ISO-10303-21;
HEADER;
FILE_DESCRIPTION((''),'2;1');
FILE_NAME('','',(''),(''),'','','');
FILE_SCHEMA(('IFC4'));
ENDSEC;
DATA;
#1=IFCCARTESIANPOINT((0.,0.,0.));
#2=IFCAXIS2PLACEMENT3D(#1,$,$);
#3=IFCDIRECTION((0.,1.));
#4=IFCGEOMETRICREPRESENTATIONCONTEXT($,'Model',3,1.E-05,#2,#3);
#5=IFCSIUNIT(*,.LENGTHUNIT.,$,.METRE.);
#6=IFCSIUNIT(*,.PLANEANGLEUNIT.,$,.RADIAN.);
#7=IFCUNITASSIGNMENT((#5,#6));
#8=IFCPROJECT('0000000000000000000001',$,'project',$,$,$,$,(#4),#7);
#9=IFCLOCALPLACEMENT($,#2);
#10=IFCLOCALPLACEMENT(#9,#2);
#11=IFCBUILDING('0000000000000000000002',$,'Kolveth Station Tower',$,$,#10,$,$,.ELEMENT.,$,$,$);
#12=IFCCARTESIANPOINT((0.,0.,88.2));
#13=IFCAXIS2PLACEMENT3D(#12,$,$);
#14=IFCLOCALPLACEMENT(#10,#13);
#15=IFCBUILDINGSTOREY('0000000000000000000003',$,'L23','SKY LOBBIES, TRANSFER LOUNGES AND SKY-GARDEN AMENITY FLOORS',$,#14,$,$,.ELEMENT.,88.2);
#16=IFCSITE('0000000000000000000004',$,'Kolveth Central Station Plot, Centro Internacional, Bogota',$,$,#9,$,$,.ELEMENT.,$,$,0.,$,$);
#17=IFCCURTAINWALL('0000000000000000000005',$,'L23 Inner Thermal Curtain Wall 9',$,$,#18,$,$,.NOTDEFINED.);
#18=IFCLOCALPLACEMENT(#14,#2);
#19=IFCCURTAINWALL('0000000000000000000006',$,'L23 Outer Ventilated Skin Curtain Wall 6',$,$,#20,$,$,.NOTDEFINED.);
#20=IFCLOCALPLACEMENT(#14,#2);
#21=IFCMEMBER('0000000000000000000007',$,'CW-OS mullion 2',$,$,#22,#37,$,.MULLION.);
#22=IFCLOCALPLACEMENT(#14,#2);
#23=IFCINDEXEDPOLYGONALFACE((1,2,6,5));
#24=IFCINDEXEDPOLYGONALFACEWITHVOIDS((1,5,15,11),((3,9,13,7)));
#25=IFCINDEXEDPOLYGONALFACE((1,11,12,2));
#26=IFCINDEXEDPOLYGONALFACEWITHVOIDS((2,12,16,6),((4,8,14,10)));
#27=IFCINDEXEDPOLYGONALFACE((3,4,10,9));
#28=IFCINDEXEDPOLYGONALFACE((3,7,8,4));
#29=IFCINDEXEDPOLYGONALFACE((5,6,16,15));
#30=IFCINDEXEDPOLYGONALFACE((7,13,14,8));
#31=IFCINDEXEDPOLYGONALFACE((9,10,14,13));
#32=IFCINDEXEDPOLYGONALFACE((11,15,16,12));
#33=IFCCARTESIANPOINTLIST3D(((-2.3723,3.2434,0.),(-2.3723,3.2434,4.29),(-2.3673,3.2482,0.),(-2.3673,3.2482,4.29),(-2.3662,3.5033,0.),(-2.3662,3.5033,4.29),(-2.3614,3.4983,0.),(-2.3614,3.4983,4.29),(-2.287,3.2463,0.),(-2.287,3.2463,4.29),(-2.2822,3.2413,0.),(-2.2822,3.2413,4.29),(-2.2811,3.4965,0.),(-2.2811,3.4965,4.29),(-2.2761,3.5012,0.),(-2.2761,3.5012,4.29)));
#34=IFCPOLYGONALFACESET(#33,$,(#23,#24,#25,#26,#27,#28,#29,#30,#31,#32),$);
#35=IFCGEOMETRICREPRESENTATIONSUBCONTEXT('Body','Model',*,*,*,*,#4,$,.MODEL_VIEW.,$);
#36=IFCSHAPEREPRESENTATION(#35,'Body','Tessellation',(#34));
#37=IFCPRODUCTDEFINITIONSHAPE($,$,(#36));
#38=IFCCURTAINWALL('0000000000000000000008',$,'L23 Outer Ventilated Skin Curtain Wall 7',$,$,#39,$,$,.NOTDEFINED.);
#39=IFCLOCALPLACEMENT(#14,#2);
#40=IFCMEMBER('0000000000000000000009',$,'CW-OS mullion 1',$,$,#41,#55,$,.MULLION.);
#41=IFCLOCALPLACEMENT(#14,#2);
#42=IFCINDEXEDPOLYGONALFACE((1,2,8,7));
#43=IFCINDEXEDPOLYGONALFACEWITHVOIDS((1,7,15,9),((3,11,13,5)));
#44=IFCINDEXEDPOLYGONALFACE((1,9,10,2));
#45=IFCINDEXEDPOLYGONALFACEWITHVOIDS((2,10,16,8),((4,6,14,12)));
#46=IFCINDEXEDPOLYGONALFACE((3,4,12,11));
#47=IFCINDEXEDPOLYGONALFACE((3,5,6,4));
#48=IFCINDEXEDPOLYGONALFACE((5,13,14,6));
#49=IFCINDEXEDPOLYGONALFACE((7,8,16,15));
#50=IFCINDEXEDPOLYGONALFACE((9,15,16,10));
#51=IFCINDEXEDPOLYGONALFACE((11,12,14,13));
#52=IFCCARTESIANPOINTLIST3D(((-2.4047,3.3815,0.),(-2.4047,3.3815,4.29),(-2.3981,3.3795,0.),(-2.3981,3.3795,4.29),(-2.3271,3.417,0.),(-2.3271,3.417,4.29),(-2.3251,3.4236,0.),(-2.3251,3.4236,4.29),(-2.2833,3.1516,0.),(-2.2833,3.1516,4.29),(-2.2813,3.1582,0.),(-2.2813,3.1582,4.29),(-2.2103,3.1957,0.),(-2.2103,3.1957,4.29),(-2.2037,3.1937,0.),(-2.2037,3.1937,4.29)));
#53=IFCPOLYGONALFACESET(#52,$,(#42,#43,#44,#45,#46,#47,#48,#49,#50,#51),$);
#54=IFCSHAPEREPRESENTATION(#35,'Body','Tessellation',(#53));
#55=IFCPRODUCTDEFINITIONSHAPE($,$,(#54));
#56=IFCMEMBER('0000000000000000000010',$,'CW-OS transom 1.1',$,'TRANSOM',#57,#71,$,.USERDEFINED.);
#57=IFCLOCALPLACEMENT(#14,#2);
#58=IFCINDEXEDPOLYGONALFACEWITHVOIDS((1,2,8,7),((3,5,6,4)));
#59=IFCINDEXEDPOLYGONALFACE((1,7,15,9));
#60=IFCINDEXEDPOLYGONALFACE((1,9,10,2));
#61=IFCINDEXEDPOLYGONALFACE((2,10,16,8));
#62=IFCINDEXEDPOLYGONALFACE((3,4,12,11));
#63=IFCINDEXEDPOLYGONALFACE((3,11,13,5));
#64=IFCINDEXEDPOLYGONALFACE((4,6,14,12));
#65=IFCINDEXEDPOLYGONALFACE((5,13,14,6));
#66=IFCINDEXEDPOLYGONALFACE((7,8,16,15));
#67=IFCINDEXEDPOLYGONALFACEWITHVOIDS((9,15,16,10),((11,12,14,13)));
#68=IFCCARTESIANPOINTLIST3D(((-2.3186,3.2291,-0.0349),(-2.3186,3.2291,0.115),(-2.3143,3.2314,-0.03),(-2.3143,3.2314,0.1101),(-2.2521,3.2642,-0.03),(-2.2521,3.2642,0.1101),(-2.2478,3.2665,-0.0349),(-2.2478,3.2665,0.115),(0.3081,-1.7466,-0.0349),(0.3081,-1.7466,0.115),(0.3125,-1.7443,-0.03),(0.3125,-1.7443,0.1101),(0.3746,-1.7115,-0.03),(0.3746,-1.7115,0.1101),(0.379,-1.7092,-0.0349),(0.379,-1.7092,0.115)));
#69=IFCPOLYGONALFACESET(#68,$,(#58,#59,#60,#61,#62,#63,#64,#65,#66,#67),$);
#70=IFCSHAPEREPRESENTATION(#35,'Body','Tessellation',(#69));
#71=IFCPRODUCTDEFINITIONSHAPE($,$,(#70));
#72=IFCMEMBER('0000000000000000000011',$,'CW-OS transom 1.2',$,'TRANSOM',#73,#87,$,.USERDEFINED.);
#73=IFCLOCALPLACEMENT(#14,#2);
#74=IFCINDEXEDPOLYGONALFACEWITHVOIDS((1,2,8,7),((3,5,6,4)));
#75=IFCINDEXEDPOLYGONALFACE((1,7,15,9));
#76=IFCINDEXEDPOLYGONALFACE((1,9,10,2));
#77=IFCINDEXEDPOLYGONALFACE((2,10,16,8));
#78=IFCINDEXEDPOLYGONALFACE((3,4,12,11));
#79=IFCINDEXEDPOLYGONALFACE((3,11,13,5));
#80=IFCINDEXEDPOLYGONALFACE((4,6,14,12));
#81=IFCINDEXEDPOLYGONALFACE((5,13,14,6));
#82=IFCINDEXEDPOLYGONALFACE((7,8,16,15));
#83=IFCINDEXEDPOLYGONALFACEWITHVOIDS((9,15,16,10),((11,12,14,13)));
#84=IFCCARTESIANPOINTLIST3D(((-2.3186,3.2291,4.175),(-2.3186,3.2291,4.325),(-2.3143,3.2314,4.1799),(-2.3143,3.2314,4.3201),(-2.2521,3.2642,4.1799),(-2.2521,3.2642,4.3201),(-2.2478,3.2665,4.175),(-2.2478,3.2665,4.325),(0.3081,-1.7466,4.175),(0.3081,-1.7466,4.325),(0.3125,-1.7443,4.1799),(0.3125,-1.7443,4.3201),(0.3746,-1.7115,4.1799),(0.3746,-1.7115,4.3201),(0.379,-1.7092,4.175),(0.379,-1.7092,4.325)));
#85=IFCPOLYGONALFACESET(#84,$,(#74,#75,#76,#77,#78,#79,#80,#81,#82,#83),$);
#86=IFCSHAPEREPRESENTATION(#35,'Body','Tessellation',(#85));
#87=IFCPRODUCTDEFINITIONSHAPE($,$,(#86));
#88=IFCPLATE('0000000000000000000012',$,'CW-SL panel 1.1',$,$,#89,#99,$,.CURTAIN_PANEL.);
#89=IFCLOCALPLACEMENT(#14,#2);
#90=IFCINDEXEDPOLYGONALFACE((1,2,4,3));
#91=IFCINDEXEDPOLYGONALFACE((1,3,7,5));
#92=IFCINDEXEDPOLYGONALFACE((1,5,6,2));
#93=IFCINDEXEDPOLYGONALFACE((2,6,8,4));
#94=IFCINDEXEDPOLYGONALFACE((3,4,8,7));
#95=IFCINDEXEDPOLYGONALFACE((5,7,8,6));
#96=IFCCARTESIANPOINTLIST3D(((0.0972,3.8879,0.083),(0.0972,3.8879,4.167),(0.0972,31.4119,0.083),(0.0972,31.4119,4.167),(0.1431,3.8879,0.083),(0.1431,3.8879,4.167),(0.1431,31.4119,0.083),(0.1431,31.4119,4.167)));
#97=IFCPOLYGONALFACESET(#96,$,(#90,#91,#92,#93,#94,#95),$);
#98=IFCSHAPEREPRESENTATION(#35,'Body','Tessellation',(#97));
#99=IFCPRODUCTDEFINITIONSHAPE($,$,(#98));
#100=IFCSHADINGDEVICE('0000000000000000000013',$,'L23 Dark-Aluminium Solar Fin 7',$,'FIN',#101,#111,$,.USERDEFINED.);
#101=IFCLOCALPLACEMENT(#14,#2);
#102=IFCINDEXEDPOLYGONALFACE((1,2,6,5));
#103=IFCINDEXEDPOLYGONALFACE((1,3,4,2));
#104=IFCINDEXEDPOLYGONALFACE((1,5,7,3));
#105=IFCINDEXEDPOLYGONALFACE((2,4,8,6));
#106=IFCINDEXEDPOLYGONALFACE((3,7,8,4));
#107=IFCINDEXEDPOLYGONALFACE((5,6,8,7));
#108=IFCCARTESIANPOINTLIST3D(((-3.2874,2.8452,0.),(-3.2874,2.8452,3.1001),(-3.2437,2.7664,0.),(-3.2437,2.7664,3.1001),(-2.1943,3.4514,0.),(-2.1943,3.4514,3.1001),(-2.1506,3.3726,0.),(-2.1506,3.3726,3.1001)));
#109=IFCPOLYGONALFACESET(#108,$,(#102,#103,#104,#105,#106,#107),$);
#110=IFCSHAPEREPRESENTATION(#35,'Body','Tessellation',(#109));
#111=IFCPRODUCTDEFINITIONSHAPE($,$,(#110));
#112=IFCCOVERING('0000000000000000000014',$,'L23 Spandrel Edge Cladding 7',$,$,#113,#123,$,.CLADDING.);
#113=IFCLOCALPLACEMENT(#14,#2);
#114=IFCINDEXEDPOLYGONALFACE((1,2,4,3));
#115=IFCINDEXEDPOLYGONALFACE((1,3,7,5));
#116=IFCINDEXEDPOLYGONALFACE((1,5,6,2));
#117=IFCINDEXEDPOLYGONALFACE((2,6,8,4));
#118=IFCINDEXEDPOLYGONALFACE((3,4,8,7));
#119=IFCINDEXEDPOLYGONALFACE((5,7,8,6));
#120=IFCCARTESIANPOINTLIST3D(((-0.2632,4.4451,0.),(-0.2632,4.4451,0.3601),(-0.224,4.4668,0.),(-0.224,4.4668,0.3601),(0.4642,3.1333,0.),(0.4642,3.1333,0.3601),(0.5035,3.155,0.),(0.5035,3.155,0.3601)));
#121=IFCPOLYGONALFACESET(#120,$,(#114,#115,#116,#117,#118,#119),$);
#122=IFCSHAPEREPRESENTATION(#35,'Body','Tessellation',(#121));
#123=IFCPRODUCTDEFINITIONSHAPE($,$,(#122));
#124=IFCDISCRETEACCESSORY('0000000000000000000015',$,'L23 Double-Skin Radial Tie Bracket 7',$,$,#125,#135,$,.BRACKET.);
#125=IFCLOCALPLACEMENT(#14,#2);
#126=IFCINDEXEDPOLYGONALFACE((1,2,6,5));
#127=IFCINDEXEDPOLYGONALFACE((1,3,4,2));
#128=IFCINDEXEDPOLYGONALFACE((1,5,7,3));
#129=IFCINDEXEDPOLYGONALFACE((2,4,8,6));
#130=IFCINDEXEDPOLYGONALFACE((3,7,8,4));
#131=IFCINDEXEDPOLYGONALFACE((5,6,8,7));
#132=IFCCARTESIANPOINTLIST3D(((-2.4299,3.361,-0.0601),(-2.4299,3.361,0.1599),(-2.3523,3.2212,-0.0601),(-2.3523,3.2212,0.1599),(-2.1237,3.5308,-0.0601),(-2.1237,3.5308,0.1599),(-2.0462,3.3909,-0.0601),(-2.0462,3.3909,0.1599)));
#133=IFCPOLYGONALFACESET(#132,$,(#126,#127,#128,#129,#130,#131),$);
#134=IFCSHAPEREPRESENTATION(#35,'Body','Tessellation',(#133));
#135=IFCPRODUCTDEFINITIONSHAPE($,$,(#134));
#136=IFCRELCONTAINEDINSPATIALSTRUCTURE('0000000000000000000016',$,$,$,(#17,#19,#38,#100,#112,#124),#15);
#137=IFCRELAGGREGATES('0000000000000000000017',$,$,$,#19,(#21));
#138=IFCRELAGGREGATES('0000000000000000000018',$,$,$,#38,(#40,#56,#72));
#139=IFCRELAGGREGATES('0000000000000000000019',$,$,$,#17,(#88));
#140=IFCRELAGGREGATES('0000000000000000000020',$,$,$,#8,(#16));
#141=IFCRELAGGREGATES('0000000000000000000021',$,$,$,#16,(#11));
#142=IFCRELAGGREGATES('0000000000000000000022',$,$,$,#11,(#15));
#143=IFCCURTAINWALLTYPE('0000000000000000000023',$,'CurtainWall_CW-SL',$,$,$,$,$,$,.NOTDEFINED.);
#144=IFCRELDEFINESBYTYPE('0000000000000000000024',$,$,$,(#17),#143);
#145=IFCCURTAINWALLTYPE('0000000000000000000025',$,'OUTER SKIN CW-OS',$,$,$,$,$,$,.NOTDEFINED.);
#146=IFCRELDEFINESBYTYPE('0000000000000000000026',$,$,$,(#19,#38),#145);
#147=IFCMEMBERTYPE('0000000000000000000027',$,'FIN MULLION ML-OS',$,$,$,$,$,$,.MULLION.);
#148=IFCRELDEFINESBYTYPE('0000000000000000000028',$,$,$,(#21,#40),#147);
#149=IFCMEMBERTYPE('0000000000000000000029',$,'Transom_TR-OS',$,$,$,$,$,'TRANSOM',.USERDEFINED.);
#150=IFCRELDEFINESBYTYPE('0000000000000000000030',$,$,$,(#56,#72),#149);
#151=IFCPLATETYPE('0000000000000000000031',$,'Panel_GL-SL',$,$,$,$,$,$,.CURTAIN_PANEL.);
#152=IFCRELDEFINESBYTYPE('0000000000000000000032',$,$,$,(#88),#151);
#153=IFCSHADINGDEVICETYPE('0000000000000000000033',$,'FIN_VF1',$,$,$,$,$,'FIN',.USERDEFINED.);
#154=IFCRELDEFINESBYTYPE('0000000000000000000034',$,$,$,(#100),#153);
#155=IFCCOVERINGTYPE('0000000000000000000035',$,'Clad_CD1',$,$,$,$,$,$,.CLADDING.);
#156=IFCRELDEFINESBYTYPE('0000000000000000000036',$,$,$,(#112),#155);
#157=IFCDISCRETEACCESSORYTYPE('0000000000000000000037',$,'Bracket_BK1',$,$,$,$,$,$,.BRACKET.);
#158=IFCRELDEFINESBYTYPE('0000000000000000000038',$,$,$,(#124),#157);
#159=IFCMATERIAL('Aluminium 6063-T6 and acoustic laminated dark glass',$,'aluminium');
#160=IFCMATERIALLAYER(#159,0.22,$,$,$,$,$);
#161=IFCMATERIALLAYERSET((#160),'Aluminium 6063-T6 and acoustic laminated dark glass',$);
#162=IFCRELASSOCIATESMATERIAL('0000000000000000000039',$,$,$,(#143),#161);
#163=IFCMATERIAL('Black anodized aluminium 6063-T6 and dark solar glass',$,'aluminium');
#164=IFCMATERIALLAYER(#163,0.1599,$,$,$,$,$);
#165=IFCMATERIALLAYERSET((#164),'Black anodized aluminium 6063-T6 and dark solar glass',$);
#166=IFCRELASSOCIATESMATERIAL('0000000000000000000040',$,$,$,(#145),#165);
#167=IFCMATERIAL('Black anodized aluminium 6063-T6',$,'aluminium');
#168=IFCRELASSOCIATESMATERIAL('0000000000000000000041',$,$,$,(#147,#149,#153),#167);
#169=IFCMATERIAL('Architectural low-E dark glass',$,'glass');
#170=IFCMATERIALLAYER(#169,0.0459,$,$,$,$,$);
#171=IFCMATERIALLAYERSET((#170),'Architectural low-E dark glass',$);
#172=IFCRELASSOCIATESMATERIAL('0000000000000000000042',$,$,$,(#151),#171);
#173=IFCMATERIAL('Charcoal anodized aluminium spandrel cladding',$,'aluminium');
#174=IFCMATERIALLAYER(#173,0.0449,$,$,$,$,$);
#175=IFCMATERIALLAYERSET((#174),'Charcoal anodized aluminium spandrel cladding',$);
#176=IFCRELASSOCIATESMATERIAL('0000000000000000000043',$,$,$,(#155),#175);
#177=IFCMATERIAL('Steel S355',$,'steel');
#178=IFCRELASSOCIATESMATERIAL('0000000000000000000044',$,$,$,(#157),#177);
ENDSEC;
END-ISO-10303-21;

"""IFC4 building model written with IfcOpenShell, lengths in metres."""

from ifc_helpers import new_model, si_unit, direction, frame, origin, origin_2d, place, context, subcontext, project, spatial, rectangle, hollow_rectangle, extrude, source, transform, mapped, material, layer, layer_set, material_profile, profile_set, type_object, element, aggregate, save


model = new_model("IFC4")

# Units and contexts
model_context = context("Model", 3, precision=1e-05, world=origin(), true_north=direction((0.0, 1.0)))
body_context = subcontext(model_context, "Body", "Model", "MODEL_VIEW")
ifc_project = project(units=[si_unit("LENGTHUNIT", "METRE"), si_unit("PLANEANGLEUNIT", "RADIAN")], contexts=[model_context])

# Site, building, storey
site_placement = place(None, origin())
site = spatial("IfcSite", under=ifc_project, at=site_placement, Name="Kolveth Central Station Plot, Centro Internacional, Bogota", CompositionType="ELEMENT", RefElevation=0.0)
building_placement = place(site_placement, origin())
building = spatial("IfcBuilding", under=site, at=building_placement, Name="Kolveth Station Tower", CompositionType="ELEMENT")
storey_placement = place(building_placement, frame((0.0, 0.0, 88.2)))
storey = spatial("IfcBuildingStorey", under=building, at=storey_placement, Name="L23", Description="SKY LOBBIES, TRANSFER LOUNGES AND SKY-GARDEN AMENITY FLOORS", CompositionType="ELEMENT", Elevation=88.2)

# Shared definitions
ifc_material_1 = material(Name="Steel S355", Category="steel")

# Curtain wall
ifc_material_2 = material(Name="Aluminium 6063-T6 and acoustic laminated dark glass", Category="aluminium")
ifc_layer_1 = layer(ifc_material_2, 0.22)
ifc_layer_set_1 = layer_set([ifc_layer_1], Name="Aluminium 6063-T6 and acoustic laminated dark glass")
curtain_wall_type_1 = type_object("IfcCurtainWallType", Name="CurtainWall_CW-SL", PredefinedType="NOTDEFINED", material=ifc_layer_set_1)
curtain_wall_1_placement = place(storey_placement, origin())
curtain_wall_1 = element("IfcCurtainWall", 1, at=curtain_wall_1_placement, inside=storey, type_object=curtain_wall_type_1, Name="L23 Inner Thermal Curtain Wall 9", PredefinedType="NOTDEFINED")
ifc_material_3 = material(Name="Black anodized aluminium 6063-T6", Category="aluminium")

# Curtain wall, member
ifc_material_4 = material(Name="Black anodized aluminium 6063-T6 and dark solar glass", Category="aluminium")
ifc_layer_2 = layer(ifc_material_4, 0.1599)
ifc_layer_set_2 = layer_set([ifc_layer_2], Name="Black anodized aluminium 6063-T6 and dark solar glass")
curtain_wall_type_2 = type_object("IfcCurtainWallType", Name="OUTER SKIN CW-OS", PredefinedType="NOTDEFINED", material=ifc_layer_set_2)
curtain_wall_2_placement = place(storey_placement, origin())
curtain_wall_2 = element("IfcCurtainWall", 2, at=curtain_wall_2_placement, inside=storey, type_object=curtain_wall_type_2, Name="L23 Outer Ventilated Skin Curtain Wall 6", PredefinedType="NOTDEFINED")
ifc_material_profile_1 = material_profile(ifc_material_3, hollow_rectangle(XDim=0.0901, YDim=0.26, WallThickness=0.0049, at=origin_2d()), Name="ALU-90x260x5")
ifc_profile_set_1 = profile_set([ifc_material_profile_1], Name="Black anodized aluminium 6063-T6")
member_type_1 = type_object("IfcMemberType", Name="FIN MULLION ML-OS", PredefinedType="MULLION", material=ifc_profile_set_1)
shared_shape_1 = source(origin(), body_context, "Body", "SweptSolid", [
    extrude(hollow_rectangle(XDim=0.0901, YDim=0.26, WallThickness=0.0049, at=origin_2d()), origin(), (0.0, 0.0, 1.0), 4.29),
])
member_1_placement = place(storey_placement, frame((-2.3242, 3.3723, 0.0), z_axis=(0.0, 0.0, 1.0), x_axis=(0.999726, -0.023398, 0.0)))
member_1 = element("IfcMember", 3, at=member_1_placement, type_object=member_type_1, Name="CW-OS mullion 2", PredefinedType="MULLION", context=body_context, shape_type="MappedRepresentation", body=[
    mapped(shared_shape_1, transform((0.0, 0.0, 0.0), x_axis=(1.0, 0.0, 0.0), y_axis=(0.0, 1.0, 0.0), z_axis=(0.0, 0.0, 1.0), scale=1.0)),
])
aggregate(curtain_wall_2, [member_1])

# Curtain wall, members
curtain_wall_3_placement = place(storey_placement, origin())
curtain_wall_3 = element("IfcCurtainWall", 4, at=curtain_wall_3_placement, inside=storey, type_object=curtain_wall_type_2, Name="L23 Outer Ventilated Skin Curtain Wall 7", PredefinedType="NOTDEFINED")
member_2_placement = place(storey_placement, frame((-2.3042, 3.2876, 0.0), z_axis=(0.0, 0.0, 1.0), x_axis=(0.88433, 0.466862, 0.0)))
member_2 = element("IfcMember", 5, at=member_2_placement, type_object=member_type_1, Name="CW-OS mullion 1", PredefinedType="MULLION", context=body_context, shape_type="MappedRepresentation", body=[
    mapped(shared_shape_1, transform((0.0, 0.0, 0.0), x_axis=(1.0, 0.0, 0.0), y_axis=(0.0, 1.0, 0.0), z_axis=(0.0, 0.0, 1.0), scale=1.0)),
])
ifc_material_profile_2 = material_profile(ifc_material_3, hollow_rectangle(XDim=0.0801, YDim=0.1499, WallThickness=0.0049, at=origin_2d()), Name="ALU-80x150x5")
ifc_profile_set_2 = profile_set([ifc_material_profile_2], Name="Black anodized aluminium 6063-T6")
member_type_2 = type_object("IfcMemberType", Name="Transom_TR-OS", ElementType="TRANSOM", PredefinedType="USERDEFINED", material=ifc_profile_set_2)
shared_shape_2 = source(origin(), body_context, "Body", "SweptSolid", [
    extrude(hollow_rectangle(XDim=0.0801, YDim=0.1499, WallThickness=0.0049, at=origin_2d()), origin(), (0.0, 0.0, 1.0), 5.6265),
])
member_3_placement = place(storey_placement, frame((-2.2832, 3.2478, 0.04), z_axis=(0.466857, -0.884333, 0.0), x_axis=(0.884333, 0.466857, 0.0)))
member_3 = element("IfcMember", 6, at=member_3_placement, type_object=member_type_2, Name="CW-OS transom 1.1", ObjectType="TRANSOM", PredefinedType="USERDEFINED", context=body_context, shape_type="MappedRepresentation", body=[
    mapped(shared_shape_2, transform((0.0, 0.0, 0.0), x_axis=(1.0, 0.0, 0.0), y_axis=(0.0, 1.0, 0.0), z_axis=(0.0, 0.0, 1.0), scale=1.0)),
])
member_4_placement = place(storey_placement, frame((-2.2832, 3.2478, 4.25), z_axis=(0.466857, -0.884333, 0.0), x_axis=(0.884333, 0.466857, 0.0)))
member_4 = element("IfcMember", 7, at=member_4_placement, type_object=member_type_2, Name="CW-OS transom 1.2", ObjectType="TRANSOM", PredefinedType="USERDEFINED", context=body_context, shape_type="MappedRepresentation", body=[
    mapped(shared_shape_2, transform((0.0, 0.0, 0.0), x_axis=(1.0, 0.0, 0.0), y_axis=(0.0, 1.0, 0.0), z_axis=(0.0, 0.0, 1.0), scale=1.0)),
])
aggregate(curtain_wall_3, [member_2, member_3, member_4])

# Plate
ifc_material_5 = material(Name="Architectural low-E dark glass", Category="glass")
ifc_layer_3 = layer(ifc_material_5, 0.0459)
ifc_layer_set_3 = layer_set([ifc_layer_3], Name="Architectural low-E dark glass")
plate_type = type_object("IfcPlateType", Name="Panel_GL-SL", PredefinedType="CURTAIN_PANEL", material=ifc_layer_set_3)
shared_shape_3 = source(origin(), body_context, "Body", "SweptSolid", [
    extrude(rectangle(XDim=27.5239, YDim=0.0459, at=origin_2d()), origin(), (0.0, 0.0, 1.0), 4.084),
])
plate_placement = place(storey_placement, frame((0.1201, 17.6499, 0.083), z_axis=(0.0, 0.0, 1.0), x_axis=(0.0, -1.0, 0.0)))
plate = element("IfcPlate", 8, at=plate_placement, type_object=plate_type, Name="CW-SL panel 1.1", PredefinedType="CURTAIN_PANEL", context=body_context, shape_type="MappedRepresentation", body=[
    mapped(shared_shape_3, transform((0.0, 0.0, 0.0), x_axis=(1.0, 0.0, 0.0), y_axis=(0.0, 1.0, 0.0), z_axis=(0.0, 0.0, 1.0), scale=1.0)),
])
aggregate(curtain_wall_1, [plate])

# Shading device
shading_device_type = type_object("IfcShadingDeviceType", Name="FIN_VF1", ElementType="FIN", PredefinedType="USERDEFINED", material=ifc_material_3)
shared_shape_4 = source(origin(), body_context, "Body", "SweptSolid", [
    extrude(rectangle(XDim=1.25, YDim=0.0901, at=origin_2d()), origin(), (0.0, 0.0, 1.0), 3.1001),
])
shading_device_placement = place(storey_placement, frame((-2.719, 3.1089, 0.0), z_axis=(0.0, 0.0, 1.0), x_axis=(-0.874535, -0.484962, 0.0)))
element("IfcShadingDevice", 9, at=shading_device_placement, inside=storey, type_object=shading_device_type, Name="L23 Dark-Aluminium Solar Fin 7", ObjectType="FIN", PredefinedType="USERDEFINED", context=body_context, shape_type="MappedRepresentation", body=[
    mapped(shared_shape_4, transform((0.0, 0.0, 0.0), x_axis=(1.0, 0.0, 0.0), y_axis=(0.0, 1.0, 0.0), z_axis=(0.0, 0.0, 1.0), scale=1.0)),
])

# Covering
ifc_material_6 = material(Name="Charcoal anodized aluminium spandrel cladding", Category="aluminium")
ifc_layer_4 = layer(ifc_material_6, 0.0449)
ifc_layer_set_4 = layer_set([ifc_layer_4], Name="Charcoal anodized aluminium spandrel cladding")
covering_type = type_object("IfcCoveringType", Name="Clad_CD1", PredefinedType="CLADDING", material=ifc_layer_set_4)
shared_shape_5 = source(origin(), body_context, "Body", "SweptSolid", [
    extrude(rectangle(XDim=1.5, YDim=0.0449, at=origin_2d()), origin(), (0.0, 0.0, 1.0), 0.3601),
])
covering_placement = place(storey_placement, frame((0.1201, 3.8, 0.0), z_axis=(0.0, 0.0, 1.0), x_axis=(0.484962, -0.874535, 0.0)))
element("IfcCovering", 10, at=covering_placement, inside=storey, type_object=covering_type, Name="L23 Spandrel Edge Cladding 7", PredefinedType="CLADDING", context=body_context, shape_type="MappedRepresentation", body=[
    mapped(shared_shape_5, transform((0.0, 0.0, 0.0), x_axis=(1.0, 0.0, 0.0), y_axis=(0.0, 1.0, 0.0), z_axis=(0.0, 0.0, 1.0), scale=1.0)),
])

# Discrete accessory
discrete_accessory_type = type_object("IfcDiscreteAccessoryType", Name="Bracket_BK1", PredefinedType="BRACKET", material=ifc_material_1)
shared_shape_6 = source(origin(), body_context, "Body", "SweptSolid", [
    extrude(rectangle(XDim=0.3501, YDim=0.1599, at=origin_2d()), origin(), (0.0, 0.0, 1.0), 0.22),
])
discrete_accessory_placement = place(storey_placement, frame((-2.238, 3.376, -0.0601), z_axis=(0.0, 0.0, 1.0), x_axis=(-0.874535, -0.484962, 0.0)))
element("IfcDiscreteAccessory", 11, at=discrete_accessory_placement, inside=storey, type_object=discrete_accessory_type, Name="L23 Double-Skin Radial Tie Bracket 7", PredefinedType="BRACKET", context=body_context, shape_type="MappedRepresentation", body=[
    mapped(shared_shape_6, transform((0.0, 0.0, 0.0), x_axis=(1.0, 0.0, 0.0), y_axis=(0.0, 1.0, 0.0), z_axis=(0.0, 0.0, 1.0), scale=1.0)),
])

save(model, "model.ifc")
